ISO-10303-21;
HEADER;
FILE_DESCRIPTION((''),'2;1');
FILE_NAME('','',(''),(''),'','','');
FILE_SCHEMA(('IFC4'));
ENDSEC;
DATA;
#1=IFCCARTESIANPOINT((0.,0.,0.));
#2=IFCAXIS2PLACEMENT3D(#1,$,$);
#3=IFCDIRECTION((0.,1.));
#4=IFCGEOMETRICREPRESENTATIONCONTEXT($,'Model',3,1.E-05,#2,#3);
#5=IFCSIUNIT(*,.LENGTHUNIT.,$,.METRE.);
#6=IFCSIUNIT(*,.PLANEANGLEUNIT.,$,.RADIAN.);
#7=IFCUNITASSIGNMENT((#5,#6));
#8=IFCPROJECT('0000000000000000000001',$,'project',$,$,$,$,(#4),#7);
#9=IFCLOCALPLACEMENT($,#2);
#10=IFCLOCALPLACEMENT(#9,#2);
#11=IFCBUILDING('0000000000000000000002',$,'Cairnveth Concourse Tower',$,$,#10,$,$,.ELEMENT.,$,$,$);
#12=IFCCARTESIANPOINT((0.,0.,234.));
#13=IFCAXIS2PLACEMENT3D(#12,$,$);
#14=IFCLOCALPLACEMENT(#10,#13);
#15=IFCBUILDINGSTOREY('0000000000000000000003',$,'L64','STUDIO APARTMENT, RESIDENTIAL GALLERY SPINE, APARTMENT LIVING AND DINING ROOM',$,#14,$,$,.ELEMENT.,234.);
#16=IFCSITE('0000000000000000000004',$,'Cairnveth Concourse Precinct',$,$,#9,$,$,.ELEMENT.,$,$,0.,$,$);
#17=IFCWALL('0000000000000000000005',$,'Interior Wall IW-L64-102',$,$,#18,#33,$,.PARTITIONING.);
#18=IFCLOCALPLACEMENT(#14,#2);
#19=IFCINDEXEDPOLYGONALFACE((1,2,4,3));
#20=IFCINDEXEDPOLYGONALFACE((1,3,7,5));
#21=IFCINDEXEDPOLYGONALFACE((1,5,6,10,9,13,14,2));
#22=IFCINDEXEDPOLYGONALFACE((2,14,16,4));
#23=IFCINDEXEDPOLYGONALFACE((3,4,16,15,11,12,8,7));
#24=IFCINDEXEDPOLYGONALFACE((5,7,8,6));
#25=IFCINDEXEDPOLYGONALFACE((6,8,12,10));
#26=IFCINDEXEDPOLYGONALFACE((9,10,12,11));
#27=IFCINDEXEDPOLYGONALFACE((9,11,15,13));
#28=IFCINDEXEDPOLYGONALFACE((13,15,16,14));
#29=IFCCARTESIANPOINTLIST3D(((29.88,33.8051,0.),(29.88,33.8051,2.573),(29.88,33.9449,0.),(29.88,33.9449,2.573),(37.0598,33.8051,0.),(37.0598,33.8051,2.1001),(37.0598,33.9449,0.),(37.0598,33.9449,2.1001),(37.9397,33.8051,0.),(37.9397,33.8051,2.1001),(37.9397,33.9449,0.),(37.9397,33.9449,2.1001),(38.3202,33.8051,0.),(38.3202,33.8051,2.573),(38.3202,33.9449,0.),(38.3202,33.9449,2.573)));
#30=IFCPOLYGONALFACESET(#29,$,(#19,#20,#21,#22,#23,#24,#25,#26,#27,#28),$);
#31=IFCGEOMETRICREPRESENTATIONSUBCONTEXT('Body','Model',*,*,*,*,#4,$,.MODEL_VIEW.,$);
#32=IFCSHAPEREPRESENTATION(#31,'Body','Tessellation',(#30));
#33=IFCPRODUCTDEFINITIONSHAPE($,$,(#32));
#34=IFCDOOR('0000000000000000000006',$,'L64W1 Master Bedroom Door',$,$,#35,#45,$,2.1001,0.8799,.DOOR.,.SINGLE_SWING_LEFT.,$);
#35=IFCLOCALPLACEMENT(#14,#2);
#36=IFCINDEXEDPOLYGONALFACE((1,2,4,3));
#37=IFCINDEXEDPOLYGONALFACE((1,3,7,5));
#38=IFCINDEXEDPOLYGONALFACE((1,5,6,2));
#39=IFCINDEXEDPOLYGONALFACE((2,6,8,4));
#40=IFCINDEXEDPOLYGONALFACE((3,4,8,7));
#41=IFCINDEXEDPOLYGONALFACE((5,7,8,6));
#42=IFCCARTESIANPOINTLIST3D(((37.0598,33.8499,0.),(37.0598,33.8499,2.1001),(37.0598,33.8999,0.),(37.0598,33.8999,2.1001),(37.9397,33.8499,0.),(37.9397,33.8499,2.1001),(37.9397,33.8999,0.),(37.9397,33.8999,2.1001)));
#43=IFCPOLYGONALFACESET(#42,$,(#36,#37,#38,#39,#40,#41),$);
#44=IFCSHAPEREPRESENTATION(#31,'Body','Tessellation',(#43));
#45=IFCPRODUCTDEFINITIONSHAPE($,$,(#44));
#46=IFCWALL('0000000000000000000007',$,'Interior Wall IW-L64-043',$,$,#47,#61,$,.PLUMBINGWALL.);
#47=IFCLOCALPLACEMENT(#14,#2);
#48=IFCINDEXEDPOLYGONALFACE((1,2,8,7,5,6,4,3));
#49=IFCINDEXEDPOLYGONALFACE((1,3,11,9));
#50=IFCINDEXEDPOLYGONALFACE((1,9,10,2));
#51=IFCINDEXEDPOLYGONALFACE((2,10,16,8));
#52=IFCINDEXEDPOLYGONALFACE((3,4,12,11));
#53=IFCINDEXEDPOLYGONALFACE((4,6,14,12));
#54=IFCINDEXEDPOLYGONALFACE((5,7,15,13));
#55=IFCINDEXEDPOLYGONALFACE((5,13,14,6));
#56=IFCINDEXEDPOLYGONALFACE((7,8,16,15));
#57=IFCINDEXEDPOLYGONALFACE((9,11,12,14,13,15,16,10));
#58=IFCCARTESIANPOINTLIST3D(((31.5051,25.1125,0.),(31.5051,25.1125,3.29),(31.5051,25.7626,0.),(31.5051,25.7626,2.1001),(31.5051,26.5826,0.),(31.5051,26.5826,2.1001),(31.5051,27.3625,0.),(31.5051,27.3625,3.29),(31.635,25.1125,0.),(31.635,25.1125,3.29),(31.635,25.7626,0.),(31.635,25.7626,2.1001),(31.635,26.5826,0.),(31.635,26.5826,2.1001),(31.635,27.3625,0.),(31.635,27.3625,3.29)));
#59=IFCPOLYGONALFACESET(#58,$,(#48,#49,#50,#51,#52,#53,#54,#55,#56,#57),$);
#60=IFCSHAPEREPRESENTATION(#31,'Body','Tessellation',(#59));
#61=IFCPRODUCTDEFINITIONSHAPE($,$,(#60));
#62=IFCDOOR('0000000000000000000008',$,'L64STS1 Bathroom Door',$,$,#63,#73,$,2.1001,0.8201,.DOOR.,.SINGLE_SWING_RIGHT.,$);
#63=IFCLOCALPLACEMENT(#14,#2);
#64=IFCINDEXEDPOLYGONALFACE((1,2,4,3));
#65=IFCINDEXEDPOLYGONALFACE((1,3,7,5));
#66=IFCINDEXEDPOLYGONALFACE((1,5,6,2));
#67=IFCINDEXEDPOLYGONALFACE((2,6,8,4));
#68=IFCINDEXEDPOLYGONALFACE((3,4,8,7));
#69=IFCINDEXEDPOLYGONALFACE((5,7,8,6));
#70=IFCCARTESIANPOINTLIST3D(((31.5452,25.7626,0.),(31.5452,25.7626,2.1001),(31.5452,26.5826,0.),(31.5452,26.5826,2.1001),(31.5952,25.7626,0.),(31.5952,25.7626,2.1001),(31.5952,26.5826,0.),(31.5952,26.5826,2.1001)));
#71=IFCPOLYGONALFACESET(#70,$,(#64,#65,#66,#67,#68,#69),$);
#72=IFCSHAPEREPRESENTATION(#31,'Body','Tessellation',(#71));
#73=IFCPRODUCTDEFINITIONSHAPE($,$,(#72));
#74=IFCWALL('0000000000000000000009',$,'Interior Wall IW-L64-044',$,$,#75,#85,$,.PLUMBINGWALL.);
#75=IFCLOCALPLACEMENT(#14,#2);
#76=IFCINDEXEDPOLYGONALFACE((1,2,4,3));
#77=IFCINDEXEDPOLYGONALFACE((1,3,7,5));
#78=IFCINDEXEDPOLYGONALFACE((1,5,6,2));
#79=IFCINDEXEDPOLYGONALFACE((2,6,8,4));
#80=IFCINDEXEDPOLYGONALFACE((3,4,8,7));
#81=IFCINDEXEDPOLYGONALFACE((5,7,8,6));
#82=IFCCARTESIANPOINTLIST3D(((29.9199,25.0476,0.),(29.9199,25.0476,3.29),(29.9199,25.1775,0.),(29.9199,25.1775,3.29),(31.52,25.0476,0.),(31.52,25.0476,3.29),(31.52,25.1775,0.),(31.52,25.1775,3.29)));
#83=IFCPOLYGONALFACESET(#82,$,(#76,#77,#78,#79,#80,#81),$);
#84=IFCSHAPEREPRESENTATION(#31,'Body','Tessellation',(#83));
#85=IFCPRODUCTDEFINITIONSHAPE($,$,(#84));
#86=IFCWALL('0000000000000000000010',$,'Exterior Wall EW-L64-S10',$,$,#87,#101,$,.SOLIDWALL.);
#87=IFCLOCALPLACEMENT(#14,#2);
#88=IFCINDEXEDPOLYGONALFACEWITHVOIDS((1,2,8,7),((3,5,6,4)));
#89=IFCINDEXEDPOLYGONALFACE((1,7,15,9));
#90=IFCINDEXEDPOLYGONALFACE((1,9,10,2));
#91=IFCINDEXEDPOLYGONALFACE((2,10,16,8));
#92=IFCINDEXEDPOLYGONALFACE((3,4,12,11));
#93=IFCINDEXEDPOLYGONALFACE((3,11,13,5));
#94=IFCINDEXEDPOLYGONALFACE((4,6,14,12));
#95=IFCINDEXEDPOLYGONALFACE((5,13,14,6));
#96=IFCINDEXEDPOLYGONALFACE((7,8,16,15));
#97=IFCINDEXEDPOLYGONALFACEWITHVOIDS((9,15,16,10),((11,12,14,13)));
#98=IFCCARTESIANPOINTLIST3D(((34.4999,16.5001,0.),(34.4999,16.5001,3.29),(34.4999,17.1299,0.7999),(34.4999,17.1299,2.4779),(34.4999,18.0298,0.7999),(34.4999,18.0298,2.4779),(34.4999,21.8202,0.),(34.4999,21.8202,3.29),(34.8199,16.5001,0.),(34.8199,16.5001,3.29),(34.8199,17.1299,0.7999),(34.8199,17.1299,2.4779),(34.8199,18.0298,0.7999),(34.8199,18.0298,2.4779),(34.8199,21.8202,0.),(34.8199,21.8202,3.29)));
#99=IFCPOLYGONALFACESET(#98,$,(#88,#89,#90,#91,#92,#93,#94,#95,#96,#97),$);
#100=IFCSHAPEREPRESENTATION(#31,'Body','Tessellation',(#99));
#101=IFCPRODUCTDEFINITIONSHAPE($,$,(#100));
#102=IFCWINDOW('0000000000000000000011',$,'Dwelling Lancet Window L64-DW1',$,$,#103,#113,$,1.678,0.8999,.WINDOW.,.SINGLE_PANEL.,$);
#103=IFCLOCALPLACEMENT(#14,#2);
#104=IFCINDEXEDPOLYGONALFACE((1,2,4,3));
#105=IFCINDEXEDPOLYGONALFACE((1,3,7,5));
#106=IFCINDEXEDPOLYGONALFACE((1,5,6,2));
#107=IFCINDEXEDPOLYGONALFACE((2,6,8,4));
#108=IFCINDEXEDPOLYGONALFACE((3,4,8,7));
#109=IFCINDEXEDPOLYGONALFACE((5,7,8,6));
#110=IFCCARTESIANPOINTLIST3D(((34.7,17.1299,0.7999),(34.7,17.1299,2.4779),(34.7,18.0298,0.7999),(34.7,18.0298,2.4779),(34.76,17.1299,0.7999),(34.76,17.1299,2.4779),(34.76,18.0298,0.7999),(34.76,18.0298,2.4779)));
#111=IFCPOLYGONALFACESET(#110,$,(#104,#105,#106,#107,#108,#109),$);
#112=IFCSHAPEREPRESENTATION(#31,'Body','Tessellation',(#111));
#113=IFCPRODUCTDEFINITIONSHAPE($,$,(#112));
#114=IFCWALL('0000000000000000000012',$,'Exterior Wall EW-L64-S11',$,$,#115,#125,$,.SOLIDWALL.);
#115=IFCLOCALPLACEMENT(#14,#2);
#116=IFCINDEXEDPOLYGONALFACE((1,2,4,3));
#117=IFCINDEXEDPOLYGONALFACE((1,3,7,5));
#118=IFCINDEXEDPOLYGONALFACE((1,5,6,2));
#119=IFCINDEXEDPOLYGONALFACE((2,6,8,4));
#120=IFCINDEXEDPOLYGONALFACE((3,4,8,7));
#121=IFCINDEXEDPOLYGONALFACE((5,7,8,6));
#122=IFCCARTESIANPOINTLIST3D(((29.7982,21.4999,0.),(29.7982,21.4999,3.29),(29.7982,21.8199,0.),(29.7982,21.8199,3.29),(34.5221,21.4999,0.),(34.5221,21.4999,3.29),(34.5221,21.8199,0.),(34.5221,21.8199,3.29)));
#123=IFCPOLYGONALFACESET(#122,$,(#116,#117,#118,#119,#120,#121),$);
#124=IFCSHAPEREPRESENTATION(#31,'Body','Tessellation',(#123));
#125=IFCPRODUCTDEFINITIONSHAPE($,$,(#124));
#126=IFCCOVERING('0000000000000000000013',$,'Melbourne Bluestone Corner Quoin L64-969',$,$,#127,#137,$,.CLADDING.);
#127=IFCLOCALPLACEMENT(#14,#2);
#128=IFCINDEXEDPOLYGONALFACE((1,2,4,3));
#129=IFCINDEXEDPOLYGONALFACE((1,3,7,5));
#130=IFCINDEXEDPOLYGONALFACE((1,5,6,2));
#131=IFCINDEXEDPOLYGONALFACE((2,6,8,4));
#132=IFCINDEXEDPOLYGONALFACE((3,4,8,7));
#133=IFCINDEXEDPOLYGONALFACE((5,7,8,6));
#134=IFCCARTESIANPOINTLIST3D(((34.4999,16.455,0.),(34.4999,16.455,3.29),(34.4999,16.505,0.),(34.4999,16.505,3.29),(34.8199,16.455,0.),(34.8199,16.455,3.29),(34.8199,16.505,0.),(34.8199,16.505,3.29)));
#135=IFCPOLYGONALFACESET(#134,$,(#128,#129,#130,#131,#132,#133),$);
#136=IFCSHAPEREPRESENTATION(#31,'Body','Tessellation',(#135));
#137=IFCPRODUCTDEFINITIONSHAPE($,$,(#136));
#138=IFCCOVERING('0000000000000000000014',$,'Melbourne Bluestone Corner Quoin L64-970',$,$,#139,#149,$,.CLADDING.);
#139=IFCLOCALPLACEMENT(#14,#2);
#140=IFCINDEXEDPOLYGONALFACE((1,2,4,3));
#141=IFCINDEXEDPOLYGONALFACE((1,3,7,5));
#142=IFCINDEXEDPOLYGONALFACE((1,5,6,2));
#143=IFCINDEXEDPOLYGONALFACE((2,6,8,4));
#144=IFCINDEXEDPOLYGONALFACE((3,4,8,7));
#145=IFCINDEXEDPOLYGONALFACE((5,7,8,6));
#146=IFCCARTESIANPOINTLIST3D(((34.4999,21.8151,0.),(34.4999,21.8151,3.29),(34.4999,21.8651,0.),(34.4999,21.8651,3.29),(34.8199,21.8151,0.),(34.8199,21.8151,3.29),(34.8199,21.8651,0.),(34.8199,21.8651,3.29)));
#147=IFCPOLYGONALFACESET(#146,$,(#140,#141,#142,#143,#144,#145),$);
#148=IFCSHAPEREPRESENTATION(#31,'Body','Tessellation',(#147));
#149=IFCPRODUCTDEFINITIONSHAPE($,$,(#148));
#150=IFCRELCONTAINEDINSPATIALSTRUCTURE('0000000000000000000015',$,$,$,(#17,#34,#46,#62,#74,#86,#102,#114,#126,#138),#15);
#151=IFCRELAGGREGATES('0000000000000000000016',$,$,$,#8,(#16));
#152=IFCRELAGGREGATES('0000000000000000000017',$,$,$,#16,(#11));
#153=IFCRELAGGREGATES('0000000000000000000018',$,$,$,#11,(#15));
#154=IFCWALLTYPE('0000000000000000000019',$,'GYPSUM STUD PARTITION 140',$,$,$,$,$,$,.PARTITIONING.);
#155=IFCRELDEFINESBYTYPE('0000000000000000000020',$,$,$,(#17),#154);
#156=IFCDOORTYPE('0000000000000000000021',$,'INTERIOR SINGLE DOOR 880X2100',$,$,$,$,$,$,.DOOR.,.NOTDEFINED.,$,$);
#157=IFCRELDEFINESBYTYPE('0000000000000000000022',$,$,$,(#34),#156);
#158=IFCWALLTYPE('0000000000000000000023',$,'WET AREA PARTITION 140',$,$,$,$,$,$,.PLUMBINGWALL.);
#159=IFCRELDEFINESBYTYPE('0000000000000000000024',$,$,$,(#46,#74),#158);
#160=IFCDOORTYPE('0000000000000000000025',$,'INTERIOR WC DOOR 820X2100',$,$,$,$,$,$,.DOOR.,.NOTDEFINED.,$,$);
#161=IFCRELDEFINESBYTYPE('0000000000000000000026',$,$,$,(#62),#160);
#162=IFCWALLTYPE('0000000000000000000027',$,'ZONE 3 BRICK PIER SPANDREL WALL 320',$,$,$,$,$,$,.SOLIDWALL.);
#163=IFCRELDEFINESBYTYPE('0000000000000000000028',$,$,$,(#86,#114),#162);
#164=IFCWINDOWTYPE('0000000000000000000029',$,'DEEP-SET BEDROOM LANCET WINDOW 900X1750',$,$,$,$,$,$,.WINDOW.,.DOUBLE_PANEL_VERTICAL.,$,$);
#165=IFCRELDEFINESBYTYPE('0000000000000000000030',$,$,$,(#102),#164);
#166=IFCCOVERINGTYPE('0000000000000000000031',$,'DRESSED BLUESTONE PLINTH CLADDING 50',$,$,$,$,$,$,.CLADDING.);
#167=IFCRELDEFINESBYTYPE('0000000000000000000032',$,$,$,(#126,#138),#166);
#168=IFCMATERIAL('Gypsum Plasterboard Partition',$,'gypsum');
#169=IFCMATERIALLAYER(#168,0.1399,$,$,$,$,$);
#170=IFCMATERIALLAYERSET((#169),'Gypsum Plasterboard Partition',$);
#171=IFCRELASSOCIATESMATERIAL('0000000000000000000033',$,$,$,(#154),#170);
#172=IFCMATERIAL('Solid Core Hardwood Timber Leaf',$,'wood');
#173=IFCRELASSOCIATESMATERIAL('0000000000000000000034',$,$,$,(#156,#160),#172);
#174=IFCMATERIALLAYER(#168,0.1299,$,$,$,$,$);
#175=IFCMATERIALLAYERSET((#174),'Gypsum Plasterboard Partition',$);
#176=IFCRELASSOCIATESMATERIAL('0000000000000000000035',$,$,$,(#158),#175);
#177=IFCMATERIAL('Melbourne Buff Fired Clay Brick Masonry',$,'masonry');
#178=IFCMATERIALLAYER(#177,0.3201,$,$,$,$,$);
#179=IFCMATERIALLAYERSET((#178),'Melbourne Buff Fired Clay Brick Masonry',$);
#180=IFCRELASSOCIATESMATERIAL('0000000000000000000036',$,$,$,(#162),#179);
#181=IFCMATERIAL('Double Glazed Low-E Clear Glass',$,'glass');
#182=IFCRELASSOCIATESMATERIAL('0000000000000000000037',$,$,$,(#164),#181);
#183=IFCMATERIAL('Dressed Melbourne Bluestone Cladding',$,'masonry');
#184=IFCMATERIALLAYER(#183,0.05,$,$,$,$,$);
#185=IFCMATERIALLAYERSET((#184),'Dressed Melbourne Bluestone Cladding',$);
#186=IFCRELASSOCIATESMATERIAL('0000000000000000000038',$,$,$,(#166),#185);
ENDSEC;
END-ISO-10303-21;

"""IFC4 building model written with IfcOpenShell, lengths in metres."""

from ifc_helpers import new_model, si_unit, direction, frame, frame_2d, origin, place, context, subcontext, project, spatial, rectangle, extrude, material, layer, layer_set, type_object, element, fill, save


model = new_model("IFC4")

# Units and contexts
model_context = context("Model", 3, precision=1e-05, world=origin(), true_north=direction((0.0, 1.0)))
body_context = subcontext(model_context, "Body", "Model", "MODEL_VIEW")
ifc_project = project(units=[si_unit("LENGTHUNIT", "METRE"), si_unit("PLANEANGLEUNIT", "RADIAN")], contexts=[model_context])

# Site, building, storey
site_placement = place(None, origin())
site = spatial("IfcSite", under=ifc_project, at=site_placement, Name="Cairnveth Concourse Precinct", CompositionType="ELEMENT", RefElevation=0.0)
building_placement = place(site_placement, origin())
building = spatial("IfcBuilding", under=site, at=building_placement, Name="Cairnveth Concourse Tower", CompositionType="ELEMENT")
storey_placement = place(building_placement, frame((0.0, 0.0, 234.0)))
storey = spatial("IfcBuildingStorey", under=building, at=storey_placement, Name="L64", Description="STUDIO APARTMENT, RESIDENTIAL GALLERY SPINE, APARTMENT LIVING AND DINING ROOM", CompositionType="ELEMENT", Elevation=234.0)

# Walls, openings, doors
ifc_material_1 = material(Name="Gypsum Plasterboard Partition", Category="gypsum")
ifc_layer_1 = layer(ifc_material_1, 0.1399)
ifc_layer_set_1 = layer_set([ifc_layer_1], Name="Gypsum Plasterboard Partition")
wall_type_1 = type_object("IfcWallType", Name="GYPSUM STUD PARTITION 140", PredefinedType="PARTITIONING", material=ifc_layer_set_1)
wall_1_placement = place(storey_placement, frame((29.8799, 33.875, 0.0), z_axis=(0.0, 0.0, 1.0), x_axis=(1.0, 0.0, 0.0)))
wall_1 = element("IfcWall", 1, at=wall_1_placement, inside=storey, type_object=wall_type_1, Name="Interior Wall IW-L64-102", PredefinedType="PARTITIONING", context=body_context, shape_type="SweptSolid", body=[
    extrude(rectangle(XDim=8.4402, YDim=0.1399, at=frame_2d((4.2202, 0.0))), origin(), (0.0, 0.0, 1.0), 2.573),
])
opening_1_placement = place(wall_1_placement, frame((7.1799, 0.0, 0.0)))
opening_1 = element("IfcOpeningElement", 2, at=opening_1_placement, cuts=wall_1, PredefinedType="OPENING", context=body_context, shape_type="SweptSolid", body=[
    extrude(rectangle(XDim=0.8799, YDim=2.1001, at=frame_2d((0.4399, 1.05))), frame((0.0, 0.0798, 0.0), z_axis=(0.0, -1.0, 0.0), x_axis=(1.0, 0.0, 0.0)), (0.0, 0.0, 1.0), 0.1599),
])
ifc_material_2 = material(Name="Solid Core Hardwood Timber Leaf", Category="wood")
door_type_1 = type_object("IfcDoorType", Name="INTERIOR SINGLE DOOR 880X2100", OperationType="NOTDEFINED", PredefinedType="DOOR", material=ifc_material_2)
door_1_placement = place(opening_1_placement, origin())
door_1 = element("IfcDoor", 3, at=door_1_placement, inside=storey, type_object=door_type_1, Name="L64W1 Master Bedroom Door", OperationType="SINGLE_SWING_LEFT", OverallHeight=2.1001, OverallWidth=0.8799, PredefinedType="DOOR", context=body_context, shape_type="SweptSolid", body=[
    extrude(rectangle(XDim=0.8799, YDim=2.1001, at=frame_2d((0.4399, 1.05))), frame((0.0, 0.0249, 0.0), z_axis=(0.0, -1.0, 0.0), x_axis=(1.0, 0.0, 0.0)), (0.0, 0.0, 1.0), 0.05),
])
fill(opening_1, door_1)
ifc_layer_2 = layer(ifc_material_1, 0.1299)
ifc_layer_set_2 = layer_set([ifc_layer_2], Name="Gypsum Plasterboard Partition")
wall_type_2 = type_object("IfcWallType", Name="WET AREA PARTITION 140", PredefinedType="PLUMBINGWALL", material=ifc_layer_set_2)
wall_2_placement = place(storey_placement, frame((31.5701, 25.1125, 0.0), z_axis=(0.0, 0.0, 1.0), x_axis=(0.0, 1.0, 0.0)))
wall_2 = element("IfcWall", 4, at=wall_2_placement, inside=storey, type_object=wall_type_2, Name="Interior Wall IW-L64-043", PredefinedType="PLUMBINGWALL", context=body_context, shape_type="SweptSolid", body=[
    extrude(rectangle(XDim=2.25, YDim=0.1299, at=frame_2d((1.125, 0.0))), origin(), (0.0, 0.0, 1.0), 3.29),
])
opening_2_placement = place(wall_2_placement, frame((0.6499, 0.0, 0.0)))
opening_2 = element("IfcOpeningElement", 5, at=opening_2_placement, cuts=wall_2, PredefinedType="OPENING", context=body_context, shape_type="SweptSolid", body=[
    extrude(rectangle(XDim=0.8201, YDim=2.1001, at=frame_2d((0.4102, 1.05))), frame((0.0, 0.075, 0.0), z_axis=(0.0, -1.0, 0.0), x_axis=(1.0, 0.0, 0.0)), (0.0, 0.0, 1.0), 0.1499),
])
door_type_2 = type_object("IfcDoorType", Name="INTERIOR WC DOOR 820X2100", OperationType="NOTDEFINED", PredefinedType="DOOR", material=ifc_material_2)
door_2_placement = place(opening_2_placement, origin())
door_2 = element("IfcDoor", 6, at=door_2_placement, inside=storey, type_object=door_type_2, Name="L64STS1 Bathroom Door", OperationType="SINGLE_SWING_RIGHT", OverallHeight=2.1001, OverallWidth=0.8201, PredefinedType="DOOR", context=body_context, shape_type="SweptSolid", body=[
    extrude(rectangle(XDim=0.8201, YDim=2.1001, at=frame_2d((0.4102, 1.05))), frame((0.0, 0.0249, 0.0), z_axis=(0.0, -1.0, 0.0), x_axis=(1.0, 0.0, 0.0)), (0.0, 0.0, 1.0), 0.05),
])
fill(opening_2, door_2)

# Wall
wall_3_placement = place(storey_placement, frame((29.9199, 25.1125, 0.0), z_axis=(0.0, 0.0, 1.0), x_axis=(1.0, 0.0, 0.0)))
element("IfcWall", 7, at=wall_3_placement, inside=storey, type_object=wall_type_2, Name="Interior Wall IW-L64-044", PredefinedType="PLUMBINGWALL", context=body_context, shape_type="SweptSolid", body=[
    extrude(rectangle(XDim=1.6001, YDim=0.1299, at=frame_2d((0.8, 0.0))), origin(), (0.0, 0.0, 1.0), 3.29),
])

# Wall, opening, window
ifc_material_3 = material(Name="Melbourne Buff Fired Clay Brick Masonry", Category="masonry")
ifc_layer_3 = layer(ifc_material_3, 0.3201)
ifc_layer_set_3 = layer_set([ifc_layer_3], Name="Melbourne Buff Fired Clay Brick Masonry")
wall_type_3 = type_object("IfcWallType", Name="ZONE 3 BRICK PIER SPANDREL WALL 320", PredefinedType="SOLIDWALL", material=ifc_layer_set_3)
wall_4_placement = place(storey_placement, frame((34.6599, 16.5, 0.0), z_axis=(0.0, 0.0, 1.0), x_axis=(0.0, 1.0, 0.0)))
wall_4 = element("IfcWall", 8, at=wall_4_placement, inside=storey, type_object=wall_type_3, Name="Exterior Wall EW-L64-S10", PredefinedType="SOLIDWALL", context=body_context, shape_type="SweptSolid", body=[
    extrude(rectangle(XDim=5.3201, YDim=0.3201, at=frame_2d((2.6602, 0.0))), origin(), (0.0, 0.0, 1.0), 3.29),
])
opening_3_placement = place(wall_4_placement, frame((0.6299, 0.0, 0.8)))
opening_3 = element("IfcOpeningElement", 9, at=opening_3_placement, cuts=wall_4, PredefinedType="OPENING", context=body_context, shape_type="SweptSolid", body=[
    extrude(rectangle(XDim=0.8999, YDim=1.678, at=frame_2d((0.45, 0.8389))), frame((0.0, 0.1699, 0.0), z_axis=(0.0, -1.0, 0.0), x_axis=(1.0, 0.0, 0.0)), (0.0, 0.0, 1.0), 0.3401),
])
ifc_material_4 = material(Name="Double Glazed Low-E Clear Glass", Category="glass")
window_type = type_object("IfcWindowType", Name="DEEP-SET BEDROOM LANCET WINDOW 900X1750", PartitioningType="DOUBLE_PANEL_VERTICAL", PredefinedType="WINDOW", material=ifc_material_4)
window_placement = place(opening_3_placement, origin())
window = element("IfcWindow", 10, at=window_placement, inside=storey, type_object=window_type, Name="Dwelling Lancet Window L64-DW1", OverallHeight=1.678, OverallWidth=0.8999, PartitioningType="SINGLE_PANEL", PredefinedType="WINDOW", context=body_context, shape_type="SweptSolid", body=[
    extrude(rectangle(XDim=0.8999, YDim=1.678, at=frame_2d((0.45, 0.8389))), frame((0.0, -0.04, 0.0), z_axis=(0.0, -1.0, 0.0), x_axis=(1.0, 0.0, 0.0)), (0.0, 0.0, 1.0), 0.0601),
])
fill(opening_3, window)

# Wall
wall_5_placement = place(storey_placement, frame((34.522, 21.6599, 0.0), z_axis=(0.0, 0.0, 1.0), x_axis=(-1.0, 0.0, 0.0)))
element("IfcWall", 11, at=wall_5_placement, inside=storey, type_object=wall_type_3, Name="Exterior Wall EW-L64-S11", PredefinedType="SOLIDWALL", context=body_context, shape_type="SweptSolid", body=[
    extrude(rectangle(XDim=4.7239, YDim=0.3201, at=frame_2d((2.3618, 0.0))), origin(), (0.0, 0.0, 1.0), 3.29),
])

# Coverings
ifc_material_5 = material(Name="Dressed Melbourne Bluestone Cladding", Category="masonry")
ifc_layer_4 = layer(ifc_material_5, 0.05)
ifc_layer_set_4 = layer_set([ifc_layer_4], Name="Dressed Melbourne Bluestone Cladding")
covering_type = type_object("IfcCoveringType", Name="DRESSED BLUESTONE PLINTH CLADDING 50", PredefinedType="CLADDING", material=ifc_layer_set_4)
for number, where, z_axis, x_axis, name in (
    (12, (34.8201, 16.48, 0.0), (0.0, 0.0, 1.0), (-1.0, 0.0, 0.0), "Melbourne Bluestone Corner Quoin L64-969"),
    (13, (34.8201, 21.8401, 0.0), (0.0, 0.0, 1.0), (-1.0, 0.0, 0.0), "Melbourne Bluestone Corner Quoin L64-970"),
):
    element("IfcCovering", number, at=place(storey_placement, frame(where, z_axis=z_axis, x_axis=x_axis)), inside=storey, type_object=covering_type, Name=name, PredefinedType="CLADDING", context=body_context, shape_type="SweptSolid", body=[
        extrude(rectangle(XDim=0.3201, YDim=0.05, at=frame_2d((0.1602, 0.0))), origin(), (0.0, 0.0, 1.0), 3.29),
    ])

save(model, "model.ifc")
